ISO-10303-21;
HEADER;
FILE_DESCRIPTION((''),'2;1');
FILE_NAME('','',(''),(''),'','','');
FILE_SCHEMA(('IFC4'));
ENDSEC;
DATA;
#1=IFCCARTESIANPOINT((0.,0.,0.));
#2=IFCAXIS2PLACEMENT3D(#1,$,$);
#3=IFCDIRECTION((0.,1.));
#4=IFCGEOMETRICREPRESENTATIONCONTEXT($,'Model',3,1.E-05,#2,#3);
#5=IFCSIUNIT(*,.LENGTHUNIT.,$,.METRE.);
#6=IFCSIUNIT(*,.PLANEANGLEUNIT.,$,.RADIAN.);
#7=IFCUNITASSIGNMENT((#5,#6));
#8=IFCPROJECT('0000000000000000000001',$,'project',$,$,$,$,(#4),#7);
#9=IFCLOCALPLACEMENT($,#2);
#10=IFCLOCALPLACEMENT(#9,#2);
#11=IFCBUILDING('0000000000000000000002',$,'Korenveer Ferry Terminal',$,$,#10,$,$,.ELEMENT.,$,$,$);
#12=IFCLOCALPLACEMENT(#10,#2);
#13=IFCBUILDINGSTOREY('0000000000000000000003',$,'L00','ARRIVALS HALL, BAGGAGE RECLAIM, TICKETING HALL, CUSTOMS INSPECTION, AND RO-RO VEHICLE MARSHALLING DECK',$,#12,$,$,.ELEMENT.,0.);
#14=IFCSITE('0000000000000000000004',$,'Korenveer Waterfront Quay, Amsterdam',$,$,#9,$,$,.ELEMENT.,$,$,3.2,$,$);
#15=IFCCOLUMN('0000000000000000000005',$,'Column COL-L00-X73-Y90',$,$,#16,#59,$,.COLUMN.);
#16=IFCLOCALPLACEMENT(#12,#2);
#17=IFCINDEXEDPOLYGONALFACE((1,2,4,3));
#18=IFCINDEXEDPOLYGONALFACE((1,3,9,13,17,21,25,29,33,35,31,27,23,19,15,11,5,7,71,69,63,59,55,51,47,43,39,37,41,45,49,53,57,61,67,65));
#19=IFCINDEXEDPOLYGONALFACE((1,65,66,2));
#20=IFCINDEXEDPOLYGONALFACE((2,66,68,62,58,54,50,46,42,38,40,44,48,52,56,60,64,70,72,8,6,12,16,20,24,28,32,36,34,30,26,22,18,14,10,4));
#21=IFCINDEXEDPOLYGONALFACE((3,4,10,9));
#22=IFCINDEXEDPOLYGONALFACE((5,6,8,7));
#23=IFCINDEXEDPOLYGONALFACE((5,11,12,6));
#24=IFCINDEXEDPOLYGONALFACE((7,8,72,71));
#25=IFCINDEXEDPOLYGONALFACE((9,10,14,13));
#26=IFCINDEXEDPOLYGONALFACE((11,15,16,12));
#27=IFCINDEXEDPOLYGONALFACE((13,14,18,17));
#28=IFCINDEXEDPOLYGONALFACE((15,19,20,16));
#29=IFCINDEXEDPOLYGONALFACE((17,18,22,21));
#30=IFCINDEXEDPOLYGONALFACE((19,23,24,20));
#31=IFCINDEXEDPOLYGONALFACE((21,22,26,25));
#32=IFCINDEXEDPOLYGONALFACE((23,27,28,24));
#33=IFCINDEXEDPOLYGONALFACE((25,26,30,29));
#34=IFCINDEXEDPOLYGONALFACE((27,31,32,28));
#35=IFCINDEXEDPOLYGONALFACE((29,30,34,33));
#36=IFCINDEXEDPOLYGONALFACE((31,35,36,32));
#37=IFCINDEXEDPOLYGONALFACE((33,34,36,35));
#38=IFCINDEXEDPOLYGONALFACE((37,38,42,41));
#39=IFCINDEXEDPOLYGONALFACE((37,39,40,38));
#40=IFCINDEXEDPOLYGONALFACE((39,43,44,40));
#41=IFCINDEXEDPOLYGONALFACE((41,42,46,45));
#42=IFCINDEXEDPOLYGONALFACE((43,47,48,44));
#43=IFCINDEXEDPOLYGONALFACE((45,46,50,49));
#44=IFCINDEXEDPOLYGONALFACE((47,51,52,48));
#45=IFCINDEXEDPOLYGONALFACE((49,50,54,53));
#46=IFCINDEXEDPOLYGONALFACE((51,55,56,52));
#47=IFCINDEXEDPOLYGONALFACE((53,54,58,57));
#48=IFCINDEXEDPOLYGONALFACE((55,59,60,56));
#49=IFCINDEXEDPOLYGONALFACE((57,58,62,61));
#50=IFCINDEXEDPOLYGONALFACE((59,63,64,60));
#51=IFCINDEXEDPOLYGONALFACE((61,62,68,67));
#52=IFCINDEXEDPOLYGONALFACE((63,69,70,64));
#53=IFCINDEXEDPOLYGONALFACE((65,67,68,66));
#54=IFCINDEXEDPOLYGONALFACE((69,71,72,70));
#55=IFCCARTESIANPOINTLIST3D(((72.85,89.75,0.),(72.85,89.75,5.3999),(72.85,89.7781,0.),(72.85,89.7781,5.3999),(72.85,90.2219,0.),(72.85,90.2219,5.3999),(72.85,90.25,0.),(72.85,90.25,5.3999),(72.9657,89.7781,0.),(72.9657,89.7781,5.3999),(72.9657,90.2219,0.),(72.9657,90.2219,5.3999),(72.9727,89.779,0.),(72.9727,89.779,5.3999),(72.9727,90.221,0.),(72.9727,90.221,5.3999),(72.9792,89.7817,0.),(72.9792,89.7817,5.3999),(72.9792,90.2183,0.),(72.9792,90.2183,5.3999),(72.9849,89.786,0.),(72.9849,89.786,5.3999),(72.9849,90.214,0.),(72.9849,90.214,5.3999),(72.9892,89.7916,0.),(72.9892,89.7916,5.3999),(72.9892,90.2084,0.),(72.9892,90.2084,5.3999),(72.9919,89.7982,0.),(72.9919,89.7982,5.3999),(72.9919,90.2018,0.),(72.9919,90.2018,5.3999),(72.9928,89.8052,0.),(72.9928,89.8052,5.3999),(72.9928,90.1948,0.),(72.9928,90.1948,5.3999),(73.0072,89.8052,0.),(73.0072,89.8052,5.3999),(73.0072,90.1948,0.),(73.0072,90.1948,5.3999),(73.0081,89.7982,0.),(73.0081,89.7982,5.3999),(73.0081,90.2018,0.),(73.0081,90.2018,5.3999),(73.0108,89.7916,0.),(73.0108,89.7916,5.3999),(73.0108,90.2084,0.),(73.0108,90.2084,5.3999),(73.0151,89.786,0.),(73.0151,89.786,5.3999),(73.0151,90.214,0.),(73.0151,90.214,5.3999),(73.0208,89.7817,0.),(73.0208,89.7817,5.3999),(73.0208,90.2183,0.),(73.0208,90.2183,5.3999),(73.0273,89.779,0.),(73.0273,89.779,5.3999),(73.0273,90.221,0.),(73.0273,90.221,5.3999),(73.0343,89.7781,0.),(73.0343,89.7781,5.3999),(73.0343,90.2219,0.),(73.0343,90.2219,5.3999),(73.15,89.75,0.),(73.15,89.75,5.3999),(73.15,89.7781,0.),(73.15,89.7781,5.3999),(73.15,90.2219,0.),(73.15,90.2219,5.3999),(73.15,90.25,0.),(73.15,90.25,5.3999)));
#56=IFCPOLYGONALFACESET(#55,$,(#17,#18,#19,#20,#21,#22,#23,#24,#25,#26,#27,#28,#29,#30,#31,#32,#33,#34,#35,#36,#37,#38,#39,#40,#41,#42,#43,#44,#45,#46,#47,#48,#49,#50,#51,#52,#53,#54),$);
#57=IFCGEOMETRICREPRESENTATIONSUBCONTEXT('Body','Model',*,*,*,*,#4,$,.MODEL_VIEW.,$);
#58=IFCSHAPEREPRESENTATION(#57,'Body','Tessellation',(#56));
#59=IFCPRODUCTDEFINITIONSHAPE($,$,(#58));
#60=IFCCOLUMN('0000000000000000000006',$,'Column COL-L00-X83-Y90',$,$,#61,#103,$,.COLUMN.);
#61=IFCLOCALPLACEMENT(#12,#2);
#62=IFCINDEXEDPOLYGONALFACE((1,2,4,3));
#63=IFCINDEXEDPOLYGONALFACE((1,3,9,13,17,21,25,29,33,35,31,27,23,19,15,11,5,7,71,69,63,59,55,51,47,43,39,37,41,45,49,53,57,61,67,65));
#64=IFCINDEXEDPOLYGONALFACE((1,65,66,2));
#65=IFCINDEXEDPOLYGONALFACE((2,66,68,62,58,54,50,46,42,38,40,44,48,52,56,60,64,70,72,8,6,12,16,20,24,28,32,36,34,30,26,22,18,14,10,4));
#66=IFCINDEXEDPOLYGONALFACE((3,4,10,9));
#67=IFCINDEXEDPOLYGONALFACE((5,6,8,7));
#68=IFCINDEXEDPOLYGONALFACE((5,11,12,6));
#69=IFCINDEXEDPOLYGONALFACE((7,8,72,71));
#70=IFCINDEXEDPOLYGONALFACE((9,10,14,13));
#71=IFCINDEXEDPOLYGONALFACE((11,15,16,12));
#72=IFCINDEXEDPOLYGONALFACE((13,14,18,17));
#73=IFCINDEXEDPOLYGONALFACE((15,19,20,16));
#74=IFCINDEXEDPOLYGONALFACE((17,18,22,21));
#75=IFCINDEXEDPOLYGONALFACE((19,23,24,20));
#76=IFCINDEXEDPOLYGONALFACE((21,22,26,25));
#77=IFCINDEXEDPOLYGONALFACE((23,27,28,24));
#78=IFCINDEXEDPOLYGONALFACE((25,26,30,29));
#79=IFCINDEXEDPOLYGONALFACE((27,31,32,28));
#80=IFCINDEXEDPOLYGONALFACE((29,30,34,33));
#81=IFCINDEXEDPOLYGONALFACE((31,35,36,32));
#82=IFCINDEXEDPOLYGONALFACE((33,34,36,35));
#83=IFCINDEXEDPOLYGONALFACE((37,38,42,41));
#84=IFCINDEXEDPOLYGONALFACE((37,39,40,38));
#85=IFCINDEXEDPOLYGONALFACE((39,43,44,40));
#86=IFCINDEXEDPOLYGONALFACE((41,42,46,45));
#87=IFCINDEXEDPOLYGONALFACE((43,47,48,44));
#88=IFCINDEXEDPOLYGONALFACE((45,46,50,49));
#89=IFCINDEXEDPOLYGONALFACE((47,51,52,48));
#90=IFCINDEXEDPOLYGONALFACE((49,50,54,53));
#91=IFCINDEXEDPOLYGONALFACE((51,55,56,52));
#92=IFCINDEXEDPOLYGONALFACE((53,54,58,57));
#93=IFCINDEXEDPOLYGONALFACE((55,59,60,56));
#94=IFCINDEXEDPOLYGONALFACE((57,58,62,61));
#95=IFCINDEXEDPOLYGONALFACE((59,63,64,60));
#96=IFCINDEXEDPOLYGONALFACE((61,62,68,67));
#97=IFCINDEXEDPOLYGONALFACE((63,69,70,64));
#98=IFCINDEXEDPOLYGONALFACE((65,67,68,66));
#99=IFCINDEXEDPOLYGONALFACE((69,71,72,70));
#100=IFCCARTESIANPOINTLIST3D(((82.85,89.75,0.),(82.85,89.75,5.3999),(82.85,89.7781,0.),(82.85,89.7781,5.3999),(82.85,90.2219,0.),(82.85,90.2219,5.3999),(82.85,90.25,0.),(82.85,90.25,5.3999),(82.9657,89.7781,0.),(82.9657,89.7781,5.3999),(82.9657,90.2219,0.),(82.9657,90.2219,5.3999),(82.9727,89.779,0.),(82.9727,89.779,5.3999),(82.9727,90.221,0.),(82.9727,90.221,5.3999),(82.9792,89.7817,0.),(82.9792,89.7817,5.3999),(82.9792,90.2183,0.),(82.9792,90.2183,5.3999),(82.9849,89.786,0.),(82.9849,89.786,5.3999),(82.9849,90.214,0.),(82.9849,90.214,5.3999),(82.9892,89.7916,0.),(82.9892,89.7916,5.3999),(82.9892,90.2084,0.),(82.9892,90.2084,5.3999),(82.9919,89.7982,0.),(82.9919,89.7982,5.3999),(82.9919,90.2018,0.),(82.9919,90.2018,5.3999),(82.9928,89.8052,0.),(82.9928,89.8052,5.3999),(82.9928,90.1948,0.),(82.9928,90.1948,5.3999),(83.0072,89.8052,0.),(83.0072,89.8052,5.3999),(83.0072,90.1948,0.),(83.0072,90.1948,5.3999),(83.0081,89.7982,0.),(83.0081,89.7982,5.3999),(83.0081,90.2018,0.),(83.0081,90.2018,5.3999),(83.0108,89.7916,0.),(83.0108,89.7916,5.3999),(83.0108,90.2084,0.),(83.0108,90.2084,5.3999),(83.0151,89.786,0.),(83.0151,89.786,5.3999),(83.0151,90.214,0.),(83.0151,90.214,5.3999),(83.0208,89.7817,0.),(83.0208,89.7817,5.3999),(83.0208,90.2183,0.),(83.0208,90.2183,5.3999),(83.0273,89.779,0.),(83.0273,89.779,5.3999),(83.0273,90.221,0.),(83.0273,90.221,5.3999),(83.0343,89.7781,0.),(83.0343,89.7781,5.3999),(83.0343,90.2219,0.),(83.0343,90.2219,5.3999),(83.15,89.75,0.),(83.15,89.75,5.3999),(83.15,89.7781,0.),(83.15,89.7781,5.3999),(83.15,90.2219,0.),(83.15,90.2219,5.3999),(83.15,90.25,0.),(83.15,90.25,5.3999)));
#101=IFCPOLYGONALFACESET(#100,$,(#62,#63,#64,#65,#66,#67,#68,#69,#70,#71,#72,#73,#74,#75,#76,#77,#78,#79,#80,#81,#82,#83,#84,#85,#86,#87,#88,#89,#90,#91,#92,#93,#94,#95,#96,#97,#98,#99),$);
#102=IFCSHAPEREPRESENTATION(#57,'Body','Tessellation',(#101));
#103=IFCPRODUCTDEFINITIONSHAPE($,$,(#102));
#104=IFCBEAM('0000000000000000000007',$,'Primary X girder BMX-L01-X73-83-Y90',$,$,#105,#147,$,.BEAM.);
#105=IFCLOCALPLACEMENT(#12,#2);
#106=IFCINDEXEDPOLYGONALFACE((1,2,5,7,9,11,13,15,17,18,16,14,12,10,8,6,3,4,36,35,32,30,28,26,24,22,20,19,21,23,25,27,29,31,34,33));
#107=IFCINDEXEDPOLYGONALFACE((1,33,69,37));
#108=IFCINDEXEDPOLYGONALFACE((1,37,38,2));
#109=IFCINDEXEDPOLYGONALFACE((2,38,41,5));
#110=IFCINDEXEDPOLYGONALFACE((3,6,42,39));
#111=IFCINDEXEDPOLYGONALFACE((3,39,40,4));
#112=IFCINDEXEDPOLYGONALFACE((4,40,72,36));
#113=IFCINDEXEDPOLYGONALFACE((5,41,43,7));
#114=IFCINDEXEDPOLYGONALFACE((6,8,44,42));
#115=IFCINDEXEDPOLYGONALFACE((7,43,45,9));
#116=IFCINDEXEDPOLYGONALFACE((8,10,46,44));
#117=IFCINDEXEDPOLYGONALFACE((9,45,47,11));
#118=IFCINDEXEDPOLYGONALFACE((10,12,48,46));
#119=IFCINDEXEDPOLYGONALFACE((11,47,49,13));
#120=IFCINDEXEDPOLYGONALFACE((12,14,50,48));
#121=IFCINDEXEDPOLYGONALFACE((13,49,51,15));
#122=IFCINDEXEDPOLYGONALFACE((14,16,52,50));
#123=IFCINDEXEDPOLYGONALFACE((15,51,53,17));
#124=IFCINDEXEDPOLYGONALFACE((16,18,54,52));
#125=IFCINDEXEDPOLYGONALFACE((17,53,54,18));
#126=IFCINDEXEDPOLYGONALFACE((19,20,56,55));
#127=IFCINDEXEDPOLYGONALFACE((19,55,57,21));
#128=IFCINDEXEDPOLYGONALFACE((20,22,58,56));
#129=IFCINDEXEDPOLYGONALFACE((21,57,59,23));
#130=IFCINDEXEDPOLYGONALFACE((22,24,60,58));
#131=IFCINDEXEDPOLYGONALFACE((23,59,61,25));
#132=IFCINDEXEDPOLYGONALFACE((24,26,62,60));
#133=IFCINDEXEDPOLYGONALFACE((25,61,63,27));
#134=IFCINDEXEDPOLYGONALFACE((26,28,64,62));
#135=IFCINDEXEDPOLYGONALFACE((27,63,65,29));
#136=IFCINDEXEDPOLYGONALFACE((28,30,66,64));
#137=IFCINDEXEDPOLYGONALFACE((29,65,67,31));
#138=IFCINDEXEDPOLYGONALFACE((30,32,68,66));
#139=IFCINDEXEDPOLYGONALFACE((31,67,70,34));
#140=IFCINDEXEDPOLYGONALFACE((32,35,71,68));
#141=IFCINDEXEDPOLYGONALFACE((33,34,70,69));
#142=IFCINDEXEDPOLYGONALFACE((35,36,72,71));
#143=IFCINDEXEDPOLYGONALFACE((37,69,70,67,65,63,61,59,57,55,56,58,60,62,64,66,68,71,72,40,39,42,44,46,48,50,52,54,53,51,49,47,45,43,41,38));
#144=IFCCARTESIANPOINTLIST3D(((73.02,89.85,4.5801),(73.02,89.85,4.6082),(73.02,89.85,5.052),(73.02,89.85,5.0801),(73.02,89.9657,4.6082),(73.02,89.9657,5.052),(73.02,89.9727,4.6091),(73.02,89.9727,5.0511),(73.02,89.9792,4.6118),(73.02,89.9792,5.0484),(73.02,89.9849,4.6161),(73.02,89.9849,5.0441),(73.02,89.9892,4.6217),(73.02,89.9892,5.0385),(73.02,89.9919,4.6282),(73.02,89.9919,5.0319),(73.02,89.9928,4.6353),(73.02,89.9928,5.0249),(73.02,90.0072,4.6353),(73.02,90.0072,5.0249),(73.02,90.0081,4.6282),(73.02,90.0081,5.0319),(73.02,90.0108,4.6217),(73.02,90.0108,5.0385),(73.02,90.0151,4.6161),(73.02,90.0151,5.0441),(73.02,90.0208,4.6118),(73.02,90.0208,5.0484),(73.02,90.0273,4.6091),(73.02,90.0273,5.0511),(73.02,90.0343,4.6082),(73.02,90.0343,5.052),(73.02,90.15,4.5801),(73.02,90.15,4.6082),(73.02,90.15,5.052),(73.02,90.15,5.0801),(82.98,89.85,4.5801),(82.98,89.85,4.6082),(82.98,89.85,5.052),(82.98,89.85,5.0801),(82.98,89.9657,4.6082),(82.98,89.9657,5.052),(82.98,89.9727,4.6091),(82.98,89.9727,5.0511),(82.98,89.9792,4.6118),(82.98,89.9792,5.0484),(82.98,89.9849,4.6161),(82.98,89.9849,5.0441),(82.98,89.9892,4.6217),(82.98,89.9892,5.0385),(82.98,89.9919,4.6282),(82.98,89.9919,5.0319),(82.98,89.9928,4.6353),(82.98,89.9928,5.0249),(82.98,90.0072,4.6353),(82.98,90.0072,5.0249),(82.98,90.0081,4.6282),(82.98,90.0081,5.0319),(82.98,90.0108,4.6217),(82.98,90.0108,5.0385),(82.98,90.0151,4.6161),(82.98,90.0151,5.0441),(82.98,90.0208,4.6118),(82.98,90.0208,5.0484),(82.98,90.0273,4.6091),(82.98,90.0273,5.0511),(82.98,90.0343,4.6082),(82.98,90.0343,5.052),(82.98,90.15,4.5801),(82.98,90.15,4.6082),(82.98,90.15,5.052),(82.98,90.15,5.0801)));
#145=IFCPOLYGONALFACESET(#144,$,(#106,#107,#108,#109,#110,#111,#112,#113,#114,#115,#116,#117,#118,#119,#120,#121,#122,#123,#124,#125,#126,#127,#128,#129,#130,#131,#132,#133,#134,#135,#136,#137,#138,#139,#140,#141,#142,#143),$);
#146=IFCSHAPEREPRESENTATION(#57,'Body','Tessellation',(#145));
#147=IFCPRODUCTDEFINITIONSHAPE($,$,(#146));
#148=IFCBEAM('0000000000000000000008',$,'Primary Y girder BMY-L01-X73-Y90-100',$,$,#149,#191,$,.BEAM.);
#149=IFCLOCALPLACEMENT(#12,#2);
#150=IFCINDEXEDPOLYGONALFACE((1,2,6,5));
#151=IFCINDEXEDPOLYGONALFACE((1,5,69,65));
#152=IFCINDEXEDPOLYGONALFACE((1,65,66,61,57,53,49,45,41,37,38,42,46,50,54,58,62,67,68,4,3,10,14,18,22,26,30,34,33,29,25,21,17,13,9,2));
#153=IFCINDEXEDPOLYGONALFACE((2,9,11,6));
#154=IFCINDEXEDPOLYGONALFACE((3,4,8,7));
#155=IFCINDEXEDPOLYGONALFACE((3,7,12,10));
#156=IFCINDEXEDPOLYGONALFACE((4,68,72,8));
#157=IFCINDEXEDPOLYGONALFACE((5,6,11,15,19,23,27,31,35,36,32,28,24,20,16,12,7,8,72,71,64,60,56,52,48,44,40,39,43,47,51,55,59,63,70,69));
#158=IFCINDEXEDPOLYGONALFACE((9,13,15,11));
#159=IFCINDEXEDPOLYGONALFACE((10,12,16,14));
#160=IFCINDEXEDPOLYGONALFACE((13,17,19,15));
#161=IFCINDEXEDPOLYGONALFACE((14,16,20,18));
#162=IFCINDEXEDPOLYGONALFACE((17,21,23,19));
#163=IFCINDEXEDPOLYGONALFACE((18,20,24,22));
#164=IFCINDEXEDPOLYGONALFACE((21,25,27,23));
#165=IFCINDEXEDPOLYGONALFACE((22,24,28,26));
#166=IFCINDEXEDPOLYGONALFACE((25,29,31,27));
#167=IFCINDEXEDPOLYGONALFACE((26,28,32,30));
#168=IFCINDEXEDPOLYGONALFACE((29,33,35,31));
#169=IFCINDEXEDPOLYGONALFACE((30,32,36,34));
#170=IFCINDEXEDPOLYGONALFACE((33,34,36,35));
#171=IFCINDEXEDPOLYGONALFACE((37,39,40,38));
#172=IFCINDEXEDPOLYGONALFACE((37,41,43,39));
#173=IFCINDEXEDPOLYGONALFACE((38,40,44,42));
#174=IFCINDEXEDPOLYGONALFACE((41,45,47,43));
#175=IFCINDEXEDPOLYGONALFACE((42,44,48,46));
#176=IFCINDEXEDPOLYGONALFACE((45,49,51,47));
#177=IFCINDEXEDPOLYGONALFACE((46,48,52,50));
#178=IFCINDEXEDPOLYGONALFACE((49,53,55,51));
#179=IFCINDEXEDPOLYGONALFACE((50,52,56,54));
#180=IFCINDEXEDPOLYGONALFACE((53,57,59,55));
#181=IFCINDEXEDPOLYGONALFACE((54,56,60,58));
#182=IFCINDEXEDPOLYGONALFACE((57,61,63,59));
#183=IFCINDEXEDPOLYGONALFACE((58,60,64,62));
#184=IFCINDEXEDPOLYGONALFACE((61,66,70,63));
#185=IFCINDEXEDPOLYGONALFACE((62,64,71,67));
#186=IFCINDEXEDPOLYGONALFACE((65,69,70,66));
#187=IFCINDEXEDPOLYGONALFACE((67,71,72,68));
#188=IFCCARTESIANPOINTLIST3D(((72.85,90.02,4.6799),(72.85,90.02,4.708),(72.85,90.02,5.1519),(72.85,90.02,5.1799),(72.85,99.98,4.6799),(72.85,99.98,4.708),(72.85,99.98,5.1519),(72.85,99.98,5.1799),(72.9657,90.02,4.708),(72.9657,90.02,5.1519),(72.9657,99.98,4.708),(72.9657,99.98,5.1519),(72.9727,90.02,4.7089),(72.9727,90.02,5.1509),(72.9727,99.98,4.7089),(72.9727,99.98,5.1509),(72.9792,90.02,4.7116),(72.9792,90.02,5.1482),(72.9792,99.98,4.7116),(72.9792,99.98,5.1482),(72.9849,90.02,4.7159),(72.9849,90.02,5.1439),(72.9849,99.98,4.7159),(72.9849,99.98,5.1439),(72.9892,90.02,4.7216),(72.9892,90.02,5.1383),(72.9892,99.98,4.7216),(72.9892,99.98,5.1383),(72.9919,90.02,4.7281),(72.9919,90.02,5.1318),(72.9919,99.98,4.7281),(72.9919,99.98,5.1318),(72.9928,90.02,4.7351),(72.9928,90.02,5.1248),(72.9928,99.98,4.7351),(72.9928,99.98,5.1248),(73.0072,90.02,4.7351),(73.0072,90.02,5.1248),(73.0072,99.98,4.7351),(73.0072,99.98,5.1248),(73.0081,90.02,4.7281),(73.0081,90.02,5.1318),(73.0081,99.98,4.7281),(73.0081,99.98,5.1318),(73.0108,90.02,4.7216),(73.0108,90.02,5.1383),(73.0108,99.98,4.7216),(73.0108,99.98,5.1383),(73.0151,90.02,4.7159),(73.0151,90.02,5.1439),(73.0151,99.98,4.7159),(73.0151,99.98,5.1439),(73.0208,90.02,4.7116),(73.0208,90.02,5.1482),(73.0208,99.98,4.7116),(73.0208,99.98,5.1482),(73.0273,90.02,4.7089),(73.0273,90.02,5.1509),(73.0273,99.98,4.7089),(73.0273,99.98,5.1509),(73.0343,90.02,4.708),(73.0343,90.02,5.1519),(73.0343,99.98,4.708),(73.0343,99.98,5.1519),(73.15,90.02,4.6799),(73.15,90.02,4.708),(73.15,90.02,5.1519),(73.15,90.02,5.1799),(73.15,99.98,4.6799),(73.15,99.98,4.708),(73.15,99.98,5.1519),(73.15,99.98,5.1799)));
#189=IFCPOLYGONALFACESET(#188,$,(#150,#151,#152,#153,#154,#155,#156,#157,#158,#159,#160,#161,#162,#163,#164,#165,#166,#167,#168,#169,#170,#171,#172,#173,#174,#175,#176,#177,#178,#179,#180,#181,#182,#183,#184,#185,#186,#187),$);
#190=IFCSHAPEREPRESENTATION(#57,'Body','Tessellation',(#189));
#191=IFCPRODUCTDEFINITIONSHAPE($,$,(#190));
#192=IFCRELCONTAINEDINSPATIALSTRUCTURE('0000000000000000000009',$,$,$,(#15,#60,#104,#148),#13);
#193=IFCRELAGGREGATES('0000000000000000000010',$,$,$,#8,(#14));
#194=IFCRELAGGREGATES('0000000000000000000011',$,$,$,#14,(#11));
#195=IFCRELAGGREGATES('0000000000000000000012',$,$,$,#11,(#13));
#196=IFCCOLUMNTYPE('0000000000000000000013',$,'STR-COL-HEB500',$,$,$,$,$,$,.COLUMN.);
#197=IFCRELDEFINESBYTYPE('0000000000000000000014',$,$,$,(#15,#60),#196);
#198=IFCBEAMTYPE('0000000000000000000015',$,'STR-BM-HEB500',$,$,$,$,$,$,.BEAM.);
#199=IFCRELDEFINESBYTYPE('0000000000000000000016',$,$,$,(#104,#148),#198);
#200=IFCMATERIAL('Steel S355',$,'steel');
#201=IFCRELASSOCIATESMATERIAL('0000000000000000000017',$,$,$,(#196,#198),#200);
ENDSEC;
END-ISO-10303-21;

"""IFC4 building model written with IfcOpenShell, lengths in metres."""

from ifc_helpers import new_model, si_unit, direction, frame, origin, origin_2d, place, context, subcontext, project, spatial, i_section, extrude, material, material_profile, profile_set, type_object, element, save


model = new_model("IFC4")

# Units and contexts
model_context = context("Model", 3, precision=1e-05, world=origin(), true_north=direction((0.0, 1.0)))
body_context = subcontext(model_context, "Body", "Model", "MODEL_VIEW")
ifc_project = project(units=[si_unit("LENGTHUNIT", "METRE"), si_unit("PLANEANGLEUNIT", "RADIAN")], contexts=[model_context])

# Site, building, storey
site_placement = place(None, origin())
site = spatial("IfcSite", under=ifc_project, at=site_placement, Name="Korenveer Waterfront Quay, Amsterdam", CompositionType="ELEMENT", RefElevation=3.2)
building_placement = place(site_placement, origin())
building = spatial("IfcBuilding", under=site, at=building_placement, Name="Korenveer Ferry Terminal", CompositionType="ELEMENT")
storey_placement = place(building_placement, origin())
storey = spatial("IfcBuildingStorey", under=building, at=storey_placement, Name="L00", Description="ARRIVALS HALL, BAGGAGE RECLAIM, TICKETING HALL, CUSTOMS INSPECTION, AND RO-RO VEHICLE MARSHALLING DECK", CompositionType="ELEMENT", Elevation=0.0)

# Columns
ifc_material_1 = material(Name="Steel S355", Category="steel")
ifc_material_profile_1 = material_profile(ifc_material_1, i_section(OverallWidth=0.3, OverallDepth=0.5, WebThickness=0.0144, FlangeThickness=0.0281, FilletRadius=0.0271, at=origin_2d()), Name="HEB 500")
ifc_profile_set_1 = profile_set([ifc_material_profile_1], Name="Steel S355")
column_type = type_object("IfcColumnType", Name="STR-COL-HEB500", PredefinedType="COLUMN", material=ifc_profile_set_1)
for number, where, z_axis, x_axis, name in (
    (1, (73.0, 90.0, 0.0), (0.0, 0.0, 1.0), (1.0, 0.0, 0.0), "Column COL-L00-X73-Y90"),
    (2, (83.0, 90.0, 0.0), (0.0, 0.0, 1.0), (1.0, 0.0, 0.0), "Column COL-L00-X83-Y90"),
):
    element("IfcColumn", number, at=place(storey_placement, frame(where, z_axis=z_axis, x_axis=x_axis)), inside=storey, type_object=column_type, Name=name, PredefinedType="COLUMN", context=body_context, shape_type="SweptSolid", body=[
        extrude(i_section(OverallWidth=0.3, OverallDepth=0.5, WebThickness=0.0144, FlangeThickness=0.0281, FilletRadius=0.0271, at=origin_2d()), origin(), (0.0, 0.0, 1.0), 5.3999),
    ])

# Beams
ifc_material_profile_2 = material_profile(ifc_material_1, i_section(OverallWidth=0.3, OverallDepth=0.5, WebThickness=0.0144, FlangeThickness=0.0281, FilletRadius=0.0271, at=origin_2d()), Name="HEB 500")
ifc_profile_set_2 = profile_set([ifc_material_profile_2], Name="Steel S355")
beam_type_1 = type_object("IfcBeamType", Name="STR-BM-HEB500", PredefinedType="BEAM", material=ifc_profile_set_2)
for number, where, z_axis, x_axis, name in (
    (3, (73.02, 90.0, 4.8301), (1.0, 0.0, 0.0), (0.0, 1.0, 0.0), "Primary X girder BMX-L01-X73-83-Y90"),
    (4, (73.0, 90.02, 4.9299), (0.0, 1.0, 0.0), (-1.0, 0.0, 0.0), "Primary Y girder BMY-L01-X73-Y90-100"),
):
    element("IfcBeam", number, at=place(storey_placement, frame(where, z_axis=z_axis, x_axis=x_axis)), inside=storey, type_object=beam_type_1, Name=name, PredefinedType="BEAM", context=body_context, shape_type="SweptSolid", body=[
        extrude(i_section(OverallWidth=0.3, OverallDepth=0.5, WebThickness=0.0144, FlangeThickness=0.0281, FilletRadius=0.0271, at=origin_2d()), origin(), (0.0, 0.0, 1.0), 9.96),
    ])

save(model, "model.ifc")
